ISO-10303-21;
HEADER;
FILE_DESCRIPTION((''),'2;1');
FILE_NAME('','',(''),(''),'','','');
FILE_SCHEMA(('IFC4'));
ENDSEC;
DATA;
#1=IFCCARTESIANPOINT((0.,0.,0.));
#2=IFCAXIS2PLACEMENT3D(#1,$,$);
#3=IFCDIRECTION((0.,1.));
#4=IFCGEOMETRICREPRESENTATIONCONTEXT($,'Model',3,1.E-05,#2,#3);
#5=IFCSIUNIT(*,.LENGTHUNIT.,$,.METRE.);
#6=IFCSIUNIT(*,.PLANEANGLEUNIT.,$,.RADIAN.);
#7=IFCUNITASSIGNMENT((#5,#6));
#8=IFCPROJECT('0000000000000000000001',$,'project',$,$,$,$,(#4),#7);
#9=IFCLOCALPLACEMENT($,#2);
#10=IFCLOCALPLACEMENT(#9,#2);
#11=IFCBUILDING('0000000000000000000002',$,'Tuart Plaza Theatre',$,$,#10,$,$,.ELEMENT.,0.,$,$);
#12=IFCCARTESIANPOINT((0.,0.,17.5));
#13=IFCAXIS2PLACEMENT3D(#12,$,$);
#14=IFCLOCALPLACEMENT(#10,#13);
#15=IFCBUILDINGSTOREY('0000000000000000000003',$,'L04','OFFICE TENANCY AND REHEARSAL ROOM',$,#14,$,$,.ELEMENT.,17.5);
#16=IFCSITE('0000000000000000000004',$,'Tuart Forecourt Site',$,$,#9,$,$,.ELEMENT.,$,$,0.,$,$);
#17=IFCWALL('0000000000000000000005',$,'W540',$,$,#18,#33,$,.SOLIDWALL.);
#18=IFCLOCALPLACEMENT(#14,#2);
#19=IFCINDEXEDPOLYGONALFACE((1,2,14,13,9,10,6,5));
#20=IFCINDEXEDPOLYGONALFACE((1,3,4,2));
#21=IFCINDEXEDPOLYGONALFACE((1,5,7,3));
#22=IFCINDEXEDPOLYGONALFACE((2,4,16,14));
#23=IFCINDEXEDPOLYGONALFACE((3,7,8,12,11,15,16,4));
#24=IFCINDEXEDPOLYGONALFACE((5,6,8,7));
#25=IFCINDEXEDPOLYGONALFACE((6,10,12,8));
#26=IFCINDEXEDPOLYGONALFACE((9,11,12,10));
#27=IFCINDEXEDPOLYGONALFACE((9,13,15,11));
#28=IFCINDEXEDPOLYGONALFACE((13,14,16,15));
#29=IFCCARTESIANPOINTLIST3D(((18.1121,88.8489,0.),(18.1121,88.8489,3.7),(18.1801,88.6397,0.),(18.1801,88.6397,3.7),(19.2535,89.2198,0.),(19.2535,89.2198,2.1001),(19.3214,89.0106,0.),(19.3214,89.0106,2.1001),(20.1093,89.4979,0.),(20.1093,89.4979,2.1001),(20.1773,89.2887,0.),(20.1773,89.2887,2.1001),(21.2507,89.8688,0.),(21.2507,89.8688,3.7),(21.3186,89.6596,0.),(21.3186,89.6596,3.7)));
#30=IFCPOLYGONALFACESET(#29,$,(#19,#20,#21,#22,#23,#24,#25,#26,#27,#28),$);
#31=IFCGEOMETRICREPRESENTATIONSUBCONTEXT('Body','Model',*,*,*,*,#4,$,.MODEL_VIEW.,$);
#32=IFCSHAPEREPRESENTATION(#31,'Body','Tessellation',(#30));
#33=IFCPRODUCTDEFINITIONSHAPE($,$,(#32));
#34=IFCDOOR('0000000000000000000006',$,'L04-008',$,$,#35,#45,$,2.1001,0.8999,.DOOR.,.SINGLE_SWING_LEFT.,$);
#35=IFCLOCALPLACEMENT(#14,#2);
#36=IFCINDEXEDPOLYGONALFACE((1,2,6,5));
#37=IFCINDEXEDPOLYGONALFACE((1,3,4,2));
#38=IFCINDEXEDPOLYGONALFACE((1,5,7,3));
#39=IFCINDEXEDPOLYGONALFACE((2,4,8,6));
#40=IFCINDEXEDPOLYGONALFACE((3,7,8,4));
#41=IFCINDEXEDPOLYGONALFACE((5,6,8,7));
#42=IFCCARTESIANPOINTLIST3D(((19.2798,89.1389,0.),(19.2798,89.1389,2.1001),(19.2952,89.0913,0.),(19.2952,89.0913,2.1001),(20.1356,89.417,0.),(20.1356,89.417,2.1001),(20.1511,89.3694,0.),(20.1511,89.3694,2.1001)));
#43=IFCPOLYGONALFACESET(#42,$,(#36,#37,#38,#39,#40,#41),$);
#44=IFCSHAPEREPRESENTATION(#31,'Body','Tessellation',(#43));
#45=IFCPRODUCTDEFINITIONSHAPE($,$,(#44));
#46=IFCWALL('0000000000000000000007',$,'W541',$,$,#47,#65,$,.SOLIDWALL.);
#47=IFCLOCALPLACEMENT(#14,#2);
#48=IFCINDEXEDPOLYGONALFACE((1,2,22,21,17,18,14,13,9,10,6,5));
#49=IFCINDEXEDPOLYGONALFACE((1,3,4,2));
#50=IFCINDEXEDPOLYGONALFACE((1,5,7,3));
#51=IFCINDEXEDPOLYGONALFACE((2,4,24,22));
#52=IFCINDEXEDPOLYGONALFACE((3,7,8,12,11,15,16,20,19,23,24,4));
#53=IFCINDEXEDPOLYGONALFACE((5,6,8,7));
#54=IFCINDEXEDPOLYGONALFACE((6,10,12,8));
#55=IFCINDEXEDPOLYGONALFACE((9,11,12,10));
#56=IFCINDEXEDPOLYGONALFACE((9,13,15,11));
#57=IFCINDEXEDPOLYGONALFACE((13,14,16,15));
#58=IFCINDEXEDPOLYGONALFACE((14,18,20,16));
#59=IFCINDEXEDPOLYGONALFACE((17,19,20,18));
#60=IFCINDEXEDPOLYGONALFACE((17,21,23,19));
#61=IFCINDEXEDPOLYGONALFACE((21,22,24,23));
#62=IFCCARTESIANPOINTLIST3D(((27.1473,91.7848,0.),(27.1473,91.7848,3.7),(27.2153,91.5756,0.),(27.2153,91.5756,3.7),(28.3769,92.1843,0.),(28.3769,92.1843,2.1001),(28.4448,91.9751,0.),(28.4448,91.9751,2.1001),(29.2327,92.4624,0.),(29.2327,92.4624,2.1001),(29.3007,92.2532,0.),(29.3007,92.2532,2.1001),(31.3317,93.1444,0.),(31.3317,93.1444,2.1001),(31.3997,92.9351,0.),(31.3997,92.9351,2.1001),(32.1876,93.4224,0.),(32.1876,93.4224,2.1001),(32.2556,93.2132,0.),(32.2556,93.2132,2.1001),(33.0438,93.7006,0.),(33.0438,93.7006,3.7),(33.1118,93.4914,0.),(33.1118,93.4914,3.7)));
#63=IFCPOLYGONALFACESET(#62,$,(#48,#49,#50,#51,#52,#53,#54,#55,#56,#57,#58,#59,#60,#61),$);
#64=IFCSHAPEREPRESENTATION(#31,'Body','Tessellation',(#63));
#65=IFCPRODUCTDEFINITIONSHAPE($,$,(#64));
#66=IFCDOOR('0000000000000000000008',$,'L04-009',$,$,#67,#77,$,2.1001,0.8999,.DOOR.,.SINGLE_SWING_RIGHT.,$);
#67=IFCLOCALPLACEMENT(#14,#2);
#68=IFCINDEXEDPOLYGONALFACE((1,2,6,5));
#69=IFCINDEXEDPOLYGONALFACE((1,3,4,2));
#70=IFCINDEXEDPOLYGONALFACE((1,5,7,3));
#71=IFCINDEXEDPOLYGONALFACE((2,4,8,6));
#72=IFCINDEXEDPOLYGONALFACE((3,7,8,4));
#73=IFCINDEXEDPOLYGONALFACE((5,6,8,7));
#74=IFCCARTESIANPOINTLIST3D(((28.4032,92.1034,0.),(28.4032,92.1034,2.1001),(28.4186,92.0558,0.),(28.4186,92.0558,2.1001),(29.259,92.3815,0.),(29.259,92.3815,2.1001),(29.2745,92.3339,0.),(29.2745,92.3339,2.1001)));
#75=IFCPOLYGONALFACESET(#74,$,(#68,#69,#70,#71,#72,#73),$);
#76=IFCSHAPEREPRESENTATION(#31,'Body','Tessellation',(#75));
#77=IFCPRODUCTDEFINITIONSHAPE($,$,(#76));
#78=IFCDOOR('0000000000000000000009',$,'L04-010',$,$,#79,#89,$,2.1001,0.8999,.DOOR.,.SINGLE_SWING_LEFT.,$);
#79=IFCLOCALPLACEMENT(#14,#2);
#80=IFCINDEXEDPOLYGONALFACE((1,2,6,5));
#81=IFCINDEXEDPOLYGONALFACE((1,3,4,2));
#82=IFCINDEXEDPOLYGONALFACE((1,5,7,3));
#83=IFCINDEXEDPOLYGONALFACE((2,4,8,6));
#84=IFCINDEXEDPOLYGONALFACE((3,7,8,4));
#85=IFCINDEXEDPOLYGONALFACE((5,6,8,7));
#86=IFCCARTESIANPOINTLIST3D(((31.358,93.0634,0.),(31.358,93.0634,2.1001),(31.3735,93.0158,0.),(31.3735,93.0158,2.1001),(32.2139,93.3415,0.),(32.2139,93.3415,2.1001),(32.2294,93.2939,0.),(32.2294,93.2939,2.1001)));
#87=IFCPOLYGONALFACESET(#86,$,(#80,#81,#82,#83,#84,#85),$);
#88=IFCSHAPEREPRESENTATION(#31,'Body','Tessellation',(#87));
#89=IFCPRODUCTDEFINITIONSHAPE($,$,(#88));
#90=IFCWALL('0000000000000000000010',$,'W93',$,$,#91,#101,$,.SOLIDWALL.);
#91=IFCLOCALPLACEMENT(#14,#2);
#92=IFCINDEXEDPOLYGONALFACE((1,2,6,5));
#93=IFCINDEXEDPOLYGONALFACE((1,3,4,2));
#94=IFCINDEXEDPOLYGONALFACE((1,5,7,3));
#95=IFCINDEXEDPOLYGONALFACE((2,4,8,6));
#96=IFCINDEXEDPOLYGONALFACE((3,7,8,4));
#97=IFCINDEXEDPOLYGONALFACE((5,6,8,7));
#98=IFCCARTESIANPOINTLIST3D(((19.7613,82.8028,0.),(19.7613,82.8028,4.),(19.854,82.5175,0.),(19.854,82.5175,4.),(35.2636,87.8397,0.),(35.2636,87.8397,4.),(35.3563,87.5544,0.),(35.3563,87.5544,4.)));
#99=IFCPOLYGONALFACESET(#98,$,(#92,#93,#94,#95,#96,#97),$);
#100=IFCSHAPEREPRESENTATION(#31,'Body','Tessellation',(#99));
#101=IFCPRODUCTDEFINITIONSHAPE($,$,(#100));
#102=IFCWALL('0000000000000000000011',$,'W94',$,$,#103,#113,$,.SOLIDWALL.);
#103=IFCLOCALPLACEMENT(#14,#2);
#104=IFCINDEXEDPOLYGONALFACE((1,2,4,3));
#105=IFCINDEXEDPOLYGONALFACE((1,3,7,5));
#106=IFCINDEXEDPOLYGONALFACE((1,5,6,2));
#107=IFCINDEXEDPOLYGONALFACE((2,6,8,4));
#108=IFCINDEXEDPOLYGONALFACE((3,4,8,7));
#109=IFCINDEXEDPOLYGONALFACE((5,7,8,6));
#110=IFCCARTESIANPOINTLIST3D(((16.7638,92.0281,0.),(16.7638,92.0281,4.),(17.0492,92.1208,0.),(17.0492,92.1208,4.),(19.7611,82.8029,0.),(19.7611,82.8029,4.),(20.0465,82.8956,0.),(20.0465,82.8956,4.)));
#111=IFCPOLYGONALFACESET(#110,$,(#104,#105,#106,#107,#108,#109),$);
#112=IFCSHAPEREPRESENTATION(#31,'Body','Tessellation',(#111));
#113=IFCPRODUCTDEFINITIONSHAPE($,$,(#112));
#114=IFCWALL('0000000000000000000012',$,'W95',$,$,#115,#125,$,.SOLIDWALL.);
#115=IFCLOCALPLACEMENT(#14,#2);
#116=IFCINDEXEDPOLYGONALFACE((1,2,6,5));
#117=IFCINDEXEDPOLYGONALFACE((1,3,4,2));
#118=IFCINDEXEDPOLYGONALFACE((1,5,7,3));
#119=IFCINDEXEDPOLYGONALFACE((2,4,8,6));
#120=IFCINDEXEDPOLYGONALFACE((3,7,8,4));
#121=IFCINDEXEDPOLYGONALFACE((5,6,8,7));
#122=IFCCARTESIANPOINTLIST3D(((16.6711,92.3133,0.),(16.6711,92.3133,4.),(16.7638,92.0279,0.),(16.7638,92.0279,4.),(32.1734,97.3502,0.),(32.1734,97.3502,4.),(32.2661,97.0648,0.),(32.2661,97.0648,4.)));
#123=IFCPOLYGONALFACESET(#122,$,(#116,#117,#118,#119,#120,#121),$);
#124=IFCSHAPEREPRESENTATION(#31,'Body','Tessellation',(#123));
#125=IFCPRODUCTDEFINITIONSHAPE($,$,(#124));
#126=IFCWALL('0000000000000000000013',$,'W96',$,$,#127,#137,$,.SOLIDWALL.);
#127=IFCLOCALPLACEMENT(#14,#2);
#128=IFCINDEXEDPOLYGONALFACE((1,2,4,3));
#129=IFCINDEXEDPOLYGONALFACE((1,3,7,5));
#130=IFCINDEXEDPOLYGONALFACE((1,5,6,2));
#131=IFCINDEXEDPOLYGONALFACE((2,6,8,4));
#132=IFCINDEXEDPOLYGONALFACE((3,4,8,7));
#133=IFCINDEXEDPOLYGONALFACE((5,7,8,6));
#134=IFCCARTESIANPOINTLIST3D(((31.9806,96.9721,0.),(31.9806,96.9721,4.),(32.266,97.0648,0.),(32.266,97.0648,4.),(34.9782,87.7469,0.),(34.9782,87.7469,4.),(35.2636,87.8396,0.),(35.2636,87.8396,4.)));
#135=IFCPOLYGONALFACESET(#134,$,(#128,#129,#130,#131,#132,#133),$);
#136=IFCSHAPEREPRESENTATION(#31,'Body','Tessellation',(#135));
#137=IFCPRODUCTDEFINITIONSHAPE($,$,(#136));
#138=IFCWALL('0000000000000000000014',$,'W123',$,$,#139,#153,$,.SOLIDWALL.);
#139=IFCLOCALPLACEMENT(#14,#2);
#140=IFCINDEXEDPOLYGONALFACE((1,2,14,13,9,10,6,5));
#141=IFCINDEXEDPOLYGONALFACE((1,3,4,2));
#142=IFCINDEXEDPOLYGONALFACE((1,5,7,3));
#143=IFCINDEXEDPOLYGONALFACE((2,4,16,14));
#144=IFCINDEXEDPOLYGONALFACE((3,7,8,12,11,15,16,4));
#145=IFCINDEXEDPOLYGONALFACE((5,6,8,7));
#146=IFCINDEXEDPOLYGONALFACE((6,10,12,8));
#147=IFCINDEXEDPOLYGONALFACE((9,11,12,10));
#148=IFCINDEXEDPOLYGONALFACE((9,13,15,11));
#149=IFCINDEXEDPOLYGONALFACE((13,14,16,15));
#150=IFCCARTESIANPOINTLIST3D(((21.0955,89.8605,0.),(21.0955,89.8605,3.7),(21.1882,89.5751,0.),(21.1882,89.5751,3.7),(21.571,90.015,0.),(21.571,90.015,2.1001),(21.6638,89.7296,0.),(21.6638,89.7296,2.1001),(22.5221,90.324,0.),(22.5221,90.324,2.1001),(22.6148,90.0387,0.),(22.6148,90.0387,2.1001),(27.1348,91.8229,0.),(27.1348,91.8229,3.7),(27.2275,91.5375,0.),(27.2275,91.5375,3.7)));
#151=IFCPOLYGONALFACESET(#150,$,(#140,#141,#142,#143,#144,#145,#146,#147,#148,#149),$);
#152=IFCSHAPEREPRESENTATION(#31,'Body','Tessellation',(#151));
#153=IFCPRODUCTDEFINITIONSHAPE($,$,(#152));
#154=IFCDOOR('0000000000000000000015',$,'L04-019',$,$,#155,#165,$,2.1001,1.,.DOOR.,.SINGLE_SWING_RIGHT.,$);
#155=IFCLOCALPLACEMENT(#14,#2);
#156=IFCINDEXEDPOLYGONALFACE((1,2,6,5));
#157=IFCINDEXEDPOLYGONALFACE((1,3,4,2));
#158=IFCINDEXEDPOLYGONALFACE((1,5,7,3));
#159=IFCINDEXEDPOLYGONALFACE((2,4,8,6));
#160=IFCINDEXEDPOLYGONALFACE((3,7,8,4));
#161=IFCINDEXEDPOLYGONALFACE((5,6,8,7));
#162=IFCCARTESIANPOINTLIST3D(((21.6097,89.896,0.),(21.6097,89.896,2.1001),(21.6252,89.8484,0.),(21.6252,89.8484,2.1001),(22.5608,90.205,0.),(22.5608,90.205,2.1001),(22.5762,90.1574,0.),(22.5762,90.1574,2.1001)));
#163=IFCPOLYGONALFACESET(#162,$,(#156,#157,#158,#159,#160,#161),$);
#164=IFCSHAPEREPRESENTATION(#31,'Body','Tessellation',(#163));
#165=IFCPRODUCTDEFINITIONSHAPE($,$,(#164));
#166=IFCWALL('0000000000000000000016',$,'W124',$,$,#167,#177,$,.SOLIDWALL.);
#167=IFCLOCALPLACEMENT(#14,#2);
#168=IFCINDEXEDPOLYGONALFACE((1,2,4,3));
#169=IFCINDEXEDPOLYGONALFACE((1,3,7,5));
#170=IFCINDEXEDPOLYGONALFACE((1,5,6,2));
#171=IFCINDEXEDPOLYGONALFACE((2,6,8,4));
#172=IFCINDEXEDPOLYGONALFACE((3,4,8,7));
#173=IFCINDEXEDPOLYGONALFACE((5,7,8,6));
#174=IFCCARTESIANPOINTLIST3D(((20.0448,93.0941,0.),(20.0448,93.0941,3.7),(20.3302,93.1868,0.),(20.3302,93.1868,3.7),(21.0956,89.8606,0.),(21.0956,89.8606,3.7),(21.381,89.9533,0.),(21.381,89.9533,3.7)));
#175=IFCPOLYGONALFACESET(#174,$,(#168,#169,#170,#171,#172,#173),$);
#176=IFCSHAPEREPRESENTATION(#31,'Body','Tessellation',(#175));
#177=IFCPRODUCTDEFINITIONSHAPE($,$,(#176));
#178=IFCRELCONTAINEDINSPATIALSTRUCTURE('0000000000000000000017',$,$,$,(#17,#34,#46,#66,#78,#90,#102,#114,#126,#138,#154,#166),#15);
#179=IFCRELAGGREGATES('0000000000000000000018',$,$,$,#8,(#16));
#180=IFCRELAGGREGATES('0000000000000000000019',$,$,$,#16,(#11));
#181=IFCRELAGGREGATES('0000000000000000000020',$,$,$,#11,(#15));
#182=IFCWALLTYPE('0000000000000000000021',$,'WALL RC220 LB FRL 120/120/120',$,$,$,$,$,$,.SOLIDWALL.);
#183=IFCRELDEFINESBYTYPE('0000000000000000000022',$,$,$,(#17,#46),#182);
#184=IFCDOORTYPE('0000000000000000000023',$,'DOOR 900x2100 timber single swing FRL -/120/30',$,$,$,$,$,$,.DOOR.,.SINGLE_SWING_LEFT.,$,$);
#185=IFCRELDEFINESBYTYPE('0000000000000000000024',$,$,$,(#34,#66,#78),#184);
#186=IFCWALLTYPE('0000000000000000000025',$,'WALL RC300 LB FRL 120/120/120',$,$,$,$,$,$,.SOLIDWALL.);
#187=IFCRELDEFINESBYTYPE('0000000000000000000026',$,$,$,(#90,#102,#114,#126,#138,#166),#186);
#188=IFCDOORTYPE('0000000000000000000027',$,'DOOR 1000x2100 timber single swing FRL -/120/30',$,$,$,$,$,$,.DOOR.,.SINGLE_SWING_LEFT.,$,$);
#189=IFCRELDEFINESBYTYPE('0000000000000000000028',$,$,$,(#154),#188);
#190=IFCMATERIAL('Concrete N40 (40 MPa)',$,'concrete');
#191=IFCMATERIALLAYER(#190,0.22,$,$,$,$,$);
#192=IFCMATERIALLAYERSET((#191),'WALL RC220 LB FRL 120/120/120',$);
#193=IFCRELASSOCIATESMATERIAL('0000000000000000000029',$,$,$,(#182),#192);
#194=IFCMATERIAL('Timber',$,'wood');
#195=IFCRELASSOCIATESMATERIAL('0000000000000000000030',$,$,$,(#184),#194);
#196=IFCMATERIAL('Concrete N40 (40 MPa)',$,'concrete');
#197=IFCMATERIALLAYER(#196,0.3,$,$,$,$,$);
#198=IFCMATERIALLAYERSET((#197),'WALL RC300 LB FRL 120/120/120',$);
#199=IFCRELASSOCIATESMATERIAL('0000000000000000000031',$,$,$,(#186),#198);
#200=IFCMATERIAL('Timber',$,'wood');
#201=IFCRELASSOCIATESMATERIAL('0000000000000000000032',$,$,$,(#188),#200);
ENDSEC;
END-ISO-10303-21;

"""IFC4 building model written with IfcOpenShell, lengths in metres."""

from ifc_helpers import new_model, si_unit, direction, frame, frame_2d, origin, place, context, subcontext, project, spatial, rectangle, extrude, material, layer, layer_set, type_object, element, fill, save


model = new_model("IFC4")

# Units and contexts
model_context = context("Model", 3, precision=1e-05, world=origin(), true_north=direction((0.0, 1.0)))
body_context = subcontext(model_context, "Body", "Model", "MODEL_VIEW")
ifc_project = project(units=[si_unit("LENGTHUNIT", "METRE"), si_unit("PLANEANGLEUNIT", "RADIAN")], contexts=[model_context])

# Site, building, storey
site_placement = place(None, origin())
site = spatial("IfcSite", under=ifc_project, at=site_placement, Name="Tuart Forecourt Site", CompositionType="ELEMENT", RefElevation=0.0)
building_placement = place(site_placement, origin())
building = spatial("IfcBuilding", under=site, at=building_placement, Name="Tuart Plaza Theatre", CompositionType="ELEMENT", ElevationOfRefHeight=0.0)
storey_placement = place(building_placement, frame((0.0, 0.0, 17.5)))
storey = spatial("IfcBuildingStorey", under=building, at=storey_placement, Name="L04", Description="OFFICE TENANCY AND REHEARSAL ROOM", CompositionType="ELEMENT", Elevation=17.5)

# Shared definitions
ifc_material_1 = material(Name="Concrete N40 (40 MPa)", Category="concrete")
ifc_layer_1 = layer(ifc_material_1, 0.22)
ifc_layer_set_1 = layer_set([ifc_layer_1], Name="WALL RC220 LB FRL 120/120/120")
wall_type_1 = type_object("IfcWallType", Name="WALL RC220 LB FRL 120/120/120", PredefinedType="SOLIDWALL", material=ifc_layer_set_1)
ifc_material_2 = material(Name="Timber", Category="wood")
door_type_1 = type_object("IfcDoorType", Name="DOOR 900x2100 timber single swing FRL -/120/30", OperationType="SINGLE_SWING_LEFT", PredefinedType="DOOR", material=ifc_material_2)

# Wall, opening, door
wall_1_placement = place(storey_placement, frame((18.1462, 88.7444, 0.0), z_axis=(0.0, 0.0, 1.0), x_axis=(0.951053, 0.309028, 0.0)))
wall_1 = element("IfcWall", 1, at=wall_1_placement, inside=storey, type_object=wall_type_1, Name="W540", PredefinedType="SOLIDWALL", context=body_context, shape_type="SweptSolid", body=[
    extrude(rectangle(XDim=3.3, YDim=0.22, at=frame_2d((1.6499, 0.0))), origin(), (0.0, 0.0, 1.0), 3.7),
])
opening_1_placement = place(wall_1_placement, frame((1.2, 0.0, 0.0)))
opening_1 = element("IfcOpeningElement", 2, at=opening_1_placement, cuts=wall_1, PredefinedType="OPENING", context=body_context, shape_type="SweptSolid", body=[
    extrude(rectangle(XDim=0.8999, YDim=2.1001, at=frame_2d((0.45, 1.05))), frame((0.0, 0.1199, 0.0), z_axis=(0.0, -1.0, 0.0), x_axis=(1.0, 0.0, 0.0)), (0.0, 0.0, 1.0), 0.24),
])
door_1_placement = place(opening_1_placement, origin())
door_1 = element("IfcDoor", 3, at=door_1_placement, inside=storey, type_object=door_type_1, Name="L04-008", OperationType="SINGLE_SWING_LEFT", OverallHeight=2.1001, OverallWidth=0.8999, PredefinedType="DOOR", context=body_context, shape_type="SweptSolid", body=[
    extrude(rectangle(XDim=0.8999, YDim=2.1001, at=frame_2d((0.45, 1.05))), frame((0.0, 0.0249, 0.0), z_axis=(0.0, -1.0, 0.0), x_axis=(1.0, 0.0, 0.0)), (0.0, 0.0, 1.0), 0.05),
])
fill(opening_1, door_1)

# Wall, openings, doors
wall_2_placement = place(storey_placement, frame((27.1812, 91.6802, 0.0), z_axis=(0.0, 0.0, 1.0), x_axis=(0.951062, 0.309001, 0.0)))
wall_2 = element("IfcWall", 4, at=wall_2_placement, inside=storey, type_object=wall_type_1, Name="W541", PredefinedType="SOLIDWALL", context=body_context, shape_type="SweptSolid", body=[
    extrude(rectangle(XDim=6.2, YDim=0.22, at=frame_2d((3.1001, 0.0))), origin(), (0.0, 0.0, 1.0), 3.7),
])
opening_2_placement = place(wall_2_placement, frame((1.293, 0.0, 0.0)))
opening_2 = element("IfcOpeningElement", 5, at=opening_2_placement, cuts=wall_2, PredefinedType="OPENING", context=body_context, shape_type="SweptSolid", body=[
    extrude(rectangle(XDim=0.8999, YDim=2.1001, at=frame_2d((0.45, 1.05))), frame((0.0, 0.1199, 0.0), z_axis=(0.0, -1.0, 0.0), x_axis=(1.0, 0.0, 0.0)), (0.0, 0.0, 1.0), 0.24),
])
opening_3_placement = place(wall_2_placement, frame((4.3999, 0.0, 0.0)))
opening_3 = element("IfcOpeningElement", 6, at=opening_3_placement, cuts=wall_2, PredefinedType="OPENING", context=body_context, shape_type="SweptSolid", body=[
    extrude(rectangle(XDim=0.8999, YDim=2.1001, at=frame_2d((0.45, 1.05))), frame((0.0, 0.1199, 0.0), z_axis=(0.0, -1.0, 0.0), x_axis=(1.0, 0.0, 0.0)), (0.0, 0.0, 1.0), 0.24),
])
door_2_placement = place(opening_2_placement, origin())
door_2 = element("IfcDoor", 7, at=door_2_placement, inside=storey, type_object=door_type_1, Name="L04-009", OperationType="SINGLE_SWING_RIGHT", OverallHeight=2.1001, OverallWidth=0.8999, PredefinedType="DOOR", context=body_context, shape_type="SweptSolid", body=[
    extrude(rectangle(XDim=0.8999, YDim=2.1001, at=frame_2d((0.45, 1.05))), frame((0.0, 0.0249, 0.0), z_axis=(0.0, -1.0, 0.0), x_axis=(1.0, 0.0, 0.0)), (0.0, 0.0, 1.0), 0.05),
])
fill(opening_2, door_2)
door_3_placement = place(opening_3_placement, origin())
door_3 = element("IfcDoor", 8, at=door_3_placement, inside=storey, type_object=door_type_1, Name="L04-010", OperationType="SINGLE_SWING_LEFT", OverallHeight=2.1001, OverallWidth=0.8999, PredefinedType="DOOR", context=body_context, shape_type="SweptSolid", body=[
    extrude(rectangle(XDim=0.8999, YDim=2.1001, at=frame_2d((0.45, 1.05))), frame((0.0, 0.0249, 0.0), z_axis=(0.0, -1.0, 0.0), x_axis=(1.0, 0.0, 0.0)), (0.0, 0.0, 1.0), 0.05),
])
fill(opening_3, door_3)

# Walls
ifc_material_3 = material(Name="Concrete N40 (40 MPa)", Category="concrete")
ifc_layer_2 = layer(ifc_material_3, 0.3)
ifc_layer_set_2 = layer_set([ifc_layer_2], Name="WALL RC300 LB FRL 120/120/120")
wall_type_2 = type_object("IfcWallType", Name="WALL RC300 LB FRL 120/120/120", PredefinedType="SOLIDWALL", material=ifc_layer_set_2)
wall_3_placement = place(storey_placement, frame((35.3098, 87.697, 0.0), z_axis=(0.0, 0.0, 1.0), x_axis=(-0.951058, -0.309011, 0.0)))
element("IfcWall", 9, at=wall_3_placement, inside=storey, type_object=wall_type_2, Name="W93", PredefinedType="SOLIDWALL", context=body_context, shape_type="SweptSolid", body=[
    extrude(rectangle(XDim=16.3, YDim=0.3, at=frame_2d((8.1499, 0.0))), origin(), (0.0, 0.0, 1.0), 4.0),
])
wall_4_placement = place(storey_placement, frame((19.9038, 82.8491, 0.0), z_axis=(0.0, 0.0, 1.0), x_axis=(-0.309, 0.951062, 0.0)))
element("IfcWall", 10, at=wall_4_placement, inside=storey, type_object=wall_type_2, Name="W94", PredefinedType="SOLIDWALL", context=body_context, shape_type="SweptSolid", body=[
    extrude(rectangle(XDim=9.7, YDim=0.3, at=frame_2d((4.8501, 0.0))), origin(), (0.0, 0.0, 1.0), 4.0),
])
wall_5_placement = place(storey_placement, frame((16.7175, 92.1707, 0.0), z_axis=(0.0, 0.0, 1.0), x_axis=(0.951058, 0.309011, 0.0)))
element("IfcWall", 11, at=wall_5_placement, inside=storey, type_object=wall_type_2, Name="W95", PredefinedType="SOLIDWALL", context=body_context, shape_type="SweptSolid", body=[
    extrude(rectangle(XDim=16.3, YDim=0.3, at=frame_2d((8.1499, 0.0))), origin(), (0.0, 0.0, 1.0), 4.0),
])
wall_6_placement = place(storey_placement, frame((32.1233, 97.0186, 0.0), z_axis=(0.0, 0.0, 1.0), x_axis=(0.30903, -0.951052, 0.0)))
element("IfcWall", 12, at=wall_6_placement, inside=storey, type_object=wall_type_2, Name="W96", PredefinedType="SOLIDWALL", context=body_context, shape_type="SweptSolid", body=[
    extrude(rectangle(XDim=9.7, YDim=0.3, at=frame_2d((4.8501, 0.0))), origin(), (0.0, 0.0, 1.0), 4.0),
])

# Wall, opening, door
wall_7_placement = place(storey_placement, frame((27.1812, 91.6802, 0.0), z_axis=(0.0, 0.0, 1.0), x_axis=(-0.951051, -0.309033, 0.0)))
wall_7 = element("IfcWall", 13, at=wall_7_placement, inside=storey, type_object=wall_type_2, Name="W123", PredefinedType="SOLIDWALL", context=body_context, shape_type="SweptSolid", body=[
    extrude(rectangle(XDim=6.3501, YDim=0.3, at=frame_2d((3.175, 0.0))), origin(), (0.0, 0.0, 1.0), 3.7),
])
opening_4_placement = place(wall_7_placement, frame((4.8501, 0.0, 0.0)))
opening_4 = element("IfcOpeningElement", 14, at=opening_4_placement, cuts=wall_7, PredefinedType="OPENING", context=body_context, shape_type="SweptSolid", body=[
    extrude(rectangle(XDim=1.0, YDim=2.1001, at=frame_2d((0.5, 1.05))), frame((0.0, 0.1599, 0.0), z_axis=(0.0, -1.0, 0.0), x_axis=(1.0, 0.0, 0.0)), (0.0, 0.0, 1.0), 0.3201),
])
ifc_material_4 = material(Name="Timber", Category="wood")
door_type_2 = type_object("IfcDoorType", Name="DOOR 1000x2100 timber single swing FRL -/120/30", OperationType="SINGLE_SWING_LEFT", PredefinedType="DOOR", material=ifc_material_4)
door_4_placement = place(opening_4_placement, frame((1.0, 0.0, 0.0), z_axis=(0.0, 0.0, 1.0), x_axis=(-1.0, 0.0, 0.0)))
door_4 = element("IfcDoor", 15, at=door_4_placement, inside=storey, type_object=door_type_2, Name="L04-019", OperationType="SINGLE_SWING_RIGHT", OverallHeight=2.1001, OverallWidth=1.0, PredefinedType="DOOR", context=body_context, shape_type="SweptSolid", body=[
    extrude(rectangle(XDim=1.0, YDim=2.1001, at=frame_2d((0.5, 1.05))), frame((0.0, 0.0249, 0.0), z_axis=(0.0, -1.0, 0.0), x_axis=(1.0, 0.0, 0.0)), (0.0, 0.0, 1.0), 0.05),
])
fill(opening_4, door_4)

# Wall
wall_8_placement = place(storey_placement, frame((21.2383, 89.907, 0.0), z_axis=(0.0, 0.0, 1.0), x_axis=(-0.309067, 0.95104, 0.0)))
element("IfcWall", 16, at=wall_8_placement, inside=storey, type_object=wall_type_2, Name="W124", PredefinedType="SOLIDWALL", context=body_context, shape_type="SweptSolid", body=[
    extrude(rectangle(XDim=3.3999, YDim=0.3, at=frame_2d((1.7, 0.0))), origin(), (0.0, 0.0, 1.0), 3.7),
])

save(model, "model.ifc")
